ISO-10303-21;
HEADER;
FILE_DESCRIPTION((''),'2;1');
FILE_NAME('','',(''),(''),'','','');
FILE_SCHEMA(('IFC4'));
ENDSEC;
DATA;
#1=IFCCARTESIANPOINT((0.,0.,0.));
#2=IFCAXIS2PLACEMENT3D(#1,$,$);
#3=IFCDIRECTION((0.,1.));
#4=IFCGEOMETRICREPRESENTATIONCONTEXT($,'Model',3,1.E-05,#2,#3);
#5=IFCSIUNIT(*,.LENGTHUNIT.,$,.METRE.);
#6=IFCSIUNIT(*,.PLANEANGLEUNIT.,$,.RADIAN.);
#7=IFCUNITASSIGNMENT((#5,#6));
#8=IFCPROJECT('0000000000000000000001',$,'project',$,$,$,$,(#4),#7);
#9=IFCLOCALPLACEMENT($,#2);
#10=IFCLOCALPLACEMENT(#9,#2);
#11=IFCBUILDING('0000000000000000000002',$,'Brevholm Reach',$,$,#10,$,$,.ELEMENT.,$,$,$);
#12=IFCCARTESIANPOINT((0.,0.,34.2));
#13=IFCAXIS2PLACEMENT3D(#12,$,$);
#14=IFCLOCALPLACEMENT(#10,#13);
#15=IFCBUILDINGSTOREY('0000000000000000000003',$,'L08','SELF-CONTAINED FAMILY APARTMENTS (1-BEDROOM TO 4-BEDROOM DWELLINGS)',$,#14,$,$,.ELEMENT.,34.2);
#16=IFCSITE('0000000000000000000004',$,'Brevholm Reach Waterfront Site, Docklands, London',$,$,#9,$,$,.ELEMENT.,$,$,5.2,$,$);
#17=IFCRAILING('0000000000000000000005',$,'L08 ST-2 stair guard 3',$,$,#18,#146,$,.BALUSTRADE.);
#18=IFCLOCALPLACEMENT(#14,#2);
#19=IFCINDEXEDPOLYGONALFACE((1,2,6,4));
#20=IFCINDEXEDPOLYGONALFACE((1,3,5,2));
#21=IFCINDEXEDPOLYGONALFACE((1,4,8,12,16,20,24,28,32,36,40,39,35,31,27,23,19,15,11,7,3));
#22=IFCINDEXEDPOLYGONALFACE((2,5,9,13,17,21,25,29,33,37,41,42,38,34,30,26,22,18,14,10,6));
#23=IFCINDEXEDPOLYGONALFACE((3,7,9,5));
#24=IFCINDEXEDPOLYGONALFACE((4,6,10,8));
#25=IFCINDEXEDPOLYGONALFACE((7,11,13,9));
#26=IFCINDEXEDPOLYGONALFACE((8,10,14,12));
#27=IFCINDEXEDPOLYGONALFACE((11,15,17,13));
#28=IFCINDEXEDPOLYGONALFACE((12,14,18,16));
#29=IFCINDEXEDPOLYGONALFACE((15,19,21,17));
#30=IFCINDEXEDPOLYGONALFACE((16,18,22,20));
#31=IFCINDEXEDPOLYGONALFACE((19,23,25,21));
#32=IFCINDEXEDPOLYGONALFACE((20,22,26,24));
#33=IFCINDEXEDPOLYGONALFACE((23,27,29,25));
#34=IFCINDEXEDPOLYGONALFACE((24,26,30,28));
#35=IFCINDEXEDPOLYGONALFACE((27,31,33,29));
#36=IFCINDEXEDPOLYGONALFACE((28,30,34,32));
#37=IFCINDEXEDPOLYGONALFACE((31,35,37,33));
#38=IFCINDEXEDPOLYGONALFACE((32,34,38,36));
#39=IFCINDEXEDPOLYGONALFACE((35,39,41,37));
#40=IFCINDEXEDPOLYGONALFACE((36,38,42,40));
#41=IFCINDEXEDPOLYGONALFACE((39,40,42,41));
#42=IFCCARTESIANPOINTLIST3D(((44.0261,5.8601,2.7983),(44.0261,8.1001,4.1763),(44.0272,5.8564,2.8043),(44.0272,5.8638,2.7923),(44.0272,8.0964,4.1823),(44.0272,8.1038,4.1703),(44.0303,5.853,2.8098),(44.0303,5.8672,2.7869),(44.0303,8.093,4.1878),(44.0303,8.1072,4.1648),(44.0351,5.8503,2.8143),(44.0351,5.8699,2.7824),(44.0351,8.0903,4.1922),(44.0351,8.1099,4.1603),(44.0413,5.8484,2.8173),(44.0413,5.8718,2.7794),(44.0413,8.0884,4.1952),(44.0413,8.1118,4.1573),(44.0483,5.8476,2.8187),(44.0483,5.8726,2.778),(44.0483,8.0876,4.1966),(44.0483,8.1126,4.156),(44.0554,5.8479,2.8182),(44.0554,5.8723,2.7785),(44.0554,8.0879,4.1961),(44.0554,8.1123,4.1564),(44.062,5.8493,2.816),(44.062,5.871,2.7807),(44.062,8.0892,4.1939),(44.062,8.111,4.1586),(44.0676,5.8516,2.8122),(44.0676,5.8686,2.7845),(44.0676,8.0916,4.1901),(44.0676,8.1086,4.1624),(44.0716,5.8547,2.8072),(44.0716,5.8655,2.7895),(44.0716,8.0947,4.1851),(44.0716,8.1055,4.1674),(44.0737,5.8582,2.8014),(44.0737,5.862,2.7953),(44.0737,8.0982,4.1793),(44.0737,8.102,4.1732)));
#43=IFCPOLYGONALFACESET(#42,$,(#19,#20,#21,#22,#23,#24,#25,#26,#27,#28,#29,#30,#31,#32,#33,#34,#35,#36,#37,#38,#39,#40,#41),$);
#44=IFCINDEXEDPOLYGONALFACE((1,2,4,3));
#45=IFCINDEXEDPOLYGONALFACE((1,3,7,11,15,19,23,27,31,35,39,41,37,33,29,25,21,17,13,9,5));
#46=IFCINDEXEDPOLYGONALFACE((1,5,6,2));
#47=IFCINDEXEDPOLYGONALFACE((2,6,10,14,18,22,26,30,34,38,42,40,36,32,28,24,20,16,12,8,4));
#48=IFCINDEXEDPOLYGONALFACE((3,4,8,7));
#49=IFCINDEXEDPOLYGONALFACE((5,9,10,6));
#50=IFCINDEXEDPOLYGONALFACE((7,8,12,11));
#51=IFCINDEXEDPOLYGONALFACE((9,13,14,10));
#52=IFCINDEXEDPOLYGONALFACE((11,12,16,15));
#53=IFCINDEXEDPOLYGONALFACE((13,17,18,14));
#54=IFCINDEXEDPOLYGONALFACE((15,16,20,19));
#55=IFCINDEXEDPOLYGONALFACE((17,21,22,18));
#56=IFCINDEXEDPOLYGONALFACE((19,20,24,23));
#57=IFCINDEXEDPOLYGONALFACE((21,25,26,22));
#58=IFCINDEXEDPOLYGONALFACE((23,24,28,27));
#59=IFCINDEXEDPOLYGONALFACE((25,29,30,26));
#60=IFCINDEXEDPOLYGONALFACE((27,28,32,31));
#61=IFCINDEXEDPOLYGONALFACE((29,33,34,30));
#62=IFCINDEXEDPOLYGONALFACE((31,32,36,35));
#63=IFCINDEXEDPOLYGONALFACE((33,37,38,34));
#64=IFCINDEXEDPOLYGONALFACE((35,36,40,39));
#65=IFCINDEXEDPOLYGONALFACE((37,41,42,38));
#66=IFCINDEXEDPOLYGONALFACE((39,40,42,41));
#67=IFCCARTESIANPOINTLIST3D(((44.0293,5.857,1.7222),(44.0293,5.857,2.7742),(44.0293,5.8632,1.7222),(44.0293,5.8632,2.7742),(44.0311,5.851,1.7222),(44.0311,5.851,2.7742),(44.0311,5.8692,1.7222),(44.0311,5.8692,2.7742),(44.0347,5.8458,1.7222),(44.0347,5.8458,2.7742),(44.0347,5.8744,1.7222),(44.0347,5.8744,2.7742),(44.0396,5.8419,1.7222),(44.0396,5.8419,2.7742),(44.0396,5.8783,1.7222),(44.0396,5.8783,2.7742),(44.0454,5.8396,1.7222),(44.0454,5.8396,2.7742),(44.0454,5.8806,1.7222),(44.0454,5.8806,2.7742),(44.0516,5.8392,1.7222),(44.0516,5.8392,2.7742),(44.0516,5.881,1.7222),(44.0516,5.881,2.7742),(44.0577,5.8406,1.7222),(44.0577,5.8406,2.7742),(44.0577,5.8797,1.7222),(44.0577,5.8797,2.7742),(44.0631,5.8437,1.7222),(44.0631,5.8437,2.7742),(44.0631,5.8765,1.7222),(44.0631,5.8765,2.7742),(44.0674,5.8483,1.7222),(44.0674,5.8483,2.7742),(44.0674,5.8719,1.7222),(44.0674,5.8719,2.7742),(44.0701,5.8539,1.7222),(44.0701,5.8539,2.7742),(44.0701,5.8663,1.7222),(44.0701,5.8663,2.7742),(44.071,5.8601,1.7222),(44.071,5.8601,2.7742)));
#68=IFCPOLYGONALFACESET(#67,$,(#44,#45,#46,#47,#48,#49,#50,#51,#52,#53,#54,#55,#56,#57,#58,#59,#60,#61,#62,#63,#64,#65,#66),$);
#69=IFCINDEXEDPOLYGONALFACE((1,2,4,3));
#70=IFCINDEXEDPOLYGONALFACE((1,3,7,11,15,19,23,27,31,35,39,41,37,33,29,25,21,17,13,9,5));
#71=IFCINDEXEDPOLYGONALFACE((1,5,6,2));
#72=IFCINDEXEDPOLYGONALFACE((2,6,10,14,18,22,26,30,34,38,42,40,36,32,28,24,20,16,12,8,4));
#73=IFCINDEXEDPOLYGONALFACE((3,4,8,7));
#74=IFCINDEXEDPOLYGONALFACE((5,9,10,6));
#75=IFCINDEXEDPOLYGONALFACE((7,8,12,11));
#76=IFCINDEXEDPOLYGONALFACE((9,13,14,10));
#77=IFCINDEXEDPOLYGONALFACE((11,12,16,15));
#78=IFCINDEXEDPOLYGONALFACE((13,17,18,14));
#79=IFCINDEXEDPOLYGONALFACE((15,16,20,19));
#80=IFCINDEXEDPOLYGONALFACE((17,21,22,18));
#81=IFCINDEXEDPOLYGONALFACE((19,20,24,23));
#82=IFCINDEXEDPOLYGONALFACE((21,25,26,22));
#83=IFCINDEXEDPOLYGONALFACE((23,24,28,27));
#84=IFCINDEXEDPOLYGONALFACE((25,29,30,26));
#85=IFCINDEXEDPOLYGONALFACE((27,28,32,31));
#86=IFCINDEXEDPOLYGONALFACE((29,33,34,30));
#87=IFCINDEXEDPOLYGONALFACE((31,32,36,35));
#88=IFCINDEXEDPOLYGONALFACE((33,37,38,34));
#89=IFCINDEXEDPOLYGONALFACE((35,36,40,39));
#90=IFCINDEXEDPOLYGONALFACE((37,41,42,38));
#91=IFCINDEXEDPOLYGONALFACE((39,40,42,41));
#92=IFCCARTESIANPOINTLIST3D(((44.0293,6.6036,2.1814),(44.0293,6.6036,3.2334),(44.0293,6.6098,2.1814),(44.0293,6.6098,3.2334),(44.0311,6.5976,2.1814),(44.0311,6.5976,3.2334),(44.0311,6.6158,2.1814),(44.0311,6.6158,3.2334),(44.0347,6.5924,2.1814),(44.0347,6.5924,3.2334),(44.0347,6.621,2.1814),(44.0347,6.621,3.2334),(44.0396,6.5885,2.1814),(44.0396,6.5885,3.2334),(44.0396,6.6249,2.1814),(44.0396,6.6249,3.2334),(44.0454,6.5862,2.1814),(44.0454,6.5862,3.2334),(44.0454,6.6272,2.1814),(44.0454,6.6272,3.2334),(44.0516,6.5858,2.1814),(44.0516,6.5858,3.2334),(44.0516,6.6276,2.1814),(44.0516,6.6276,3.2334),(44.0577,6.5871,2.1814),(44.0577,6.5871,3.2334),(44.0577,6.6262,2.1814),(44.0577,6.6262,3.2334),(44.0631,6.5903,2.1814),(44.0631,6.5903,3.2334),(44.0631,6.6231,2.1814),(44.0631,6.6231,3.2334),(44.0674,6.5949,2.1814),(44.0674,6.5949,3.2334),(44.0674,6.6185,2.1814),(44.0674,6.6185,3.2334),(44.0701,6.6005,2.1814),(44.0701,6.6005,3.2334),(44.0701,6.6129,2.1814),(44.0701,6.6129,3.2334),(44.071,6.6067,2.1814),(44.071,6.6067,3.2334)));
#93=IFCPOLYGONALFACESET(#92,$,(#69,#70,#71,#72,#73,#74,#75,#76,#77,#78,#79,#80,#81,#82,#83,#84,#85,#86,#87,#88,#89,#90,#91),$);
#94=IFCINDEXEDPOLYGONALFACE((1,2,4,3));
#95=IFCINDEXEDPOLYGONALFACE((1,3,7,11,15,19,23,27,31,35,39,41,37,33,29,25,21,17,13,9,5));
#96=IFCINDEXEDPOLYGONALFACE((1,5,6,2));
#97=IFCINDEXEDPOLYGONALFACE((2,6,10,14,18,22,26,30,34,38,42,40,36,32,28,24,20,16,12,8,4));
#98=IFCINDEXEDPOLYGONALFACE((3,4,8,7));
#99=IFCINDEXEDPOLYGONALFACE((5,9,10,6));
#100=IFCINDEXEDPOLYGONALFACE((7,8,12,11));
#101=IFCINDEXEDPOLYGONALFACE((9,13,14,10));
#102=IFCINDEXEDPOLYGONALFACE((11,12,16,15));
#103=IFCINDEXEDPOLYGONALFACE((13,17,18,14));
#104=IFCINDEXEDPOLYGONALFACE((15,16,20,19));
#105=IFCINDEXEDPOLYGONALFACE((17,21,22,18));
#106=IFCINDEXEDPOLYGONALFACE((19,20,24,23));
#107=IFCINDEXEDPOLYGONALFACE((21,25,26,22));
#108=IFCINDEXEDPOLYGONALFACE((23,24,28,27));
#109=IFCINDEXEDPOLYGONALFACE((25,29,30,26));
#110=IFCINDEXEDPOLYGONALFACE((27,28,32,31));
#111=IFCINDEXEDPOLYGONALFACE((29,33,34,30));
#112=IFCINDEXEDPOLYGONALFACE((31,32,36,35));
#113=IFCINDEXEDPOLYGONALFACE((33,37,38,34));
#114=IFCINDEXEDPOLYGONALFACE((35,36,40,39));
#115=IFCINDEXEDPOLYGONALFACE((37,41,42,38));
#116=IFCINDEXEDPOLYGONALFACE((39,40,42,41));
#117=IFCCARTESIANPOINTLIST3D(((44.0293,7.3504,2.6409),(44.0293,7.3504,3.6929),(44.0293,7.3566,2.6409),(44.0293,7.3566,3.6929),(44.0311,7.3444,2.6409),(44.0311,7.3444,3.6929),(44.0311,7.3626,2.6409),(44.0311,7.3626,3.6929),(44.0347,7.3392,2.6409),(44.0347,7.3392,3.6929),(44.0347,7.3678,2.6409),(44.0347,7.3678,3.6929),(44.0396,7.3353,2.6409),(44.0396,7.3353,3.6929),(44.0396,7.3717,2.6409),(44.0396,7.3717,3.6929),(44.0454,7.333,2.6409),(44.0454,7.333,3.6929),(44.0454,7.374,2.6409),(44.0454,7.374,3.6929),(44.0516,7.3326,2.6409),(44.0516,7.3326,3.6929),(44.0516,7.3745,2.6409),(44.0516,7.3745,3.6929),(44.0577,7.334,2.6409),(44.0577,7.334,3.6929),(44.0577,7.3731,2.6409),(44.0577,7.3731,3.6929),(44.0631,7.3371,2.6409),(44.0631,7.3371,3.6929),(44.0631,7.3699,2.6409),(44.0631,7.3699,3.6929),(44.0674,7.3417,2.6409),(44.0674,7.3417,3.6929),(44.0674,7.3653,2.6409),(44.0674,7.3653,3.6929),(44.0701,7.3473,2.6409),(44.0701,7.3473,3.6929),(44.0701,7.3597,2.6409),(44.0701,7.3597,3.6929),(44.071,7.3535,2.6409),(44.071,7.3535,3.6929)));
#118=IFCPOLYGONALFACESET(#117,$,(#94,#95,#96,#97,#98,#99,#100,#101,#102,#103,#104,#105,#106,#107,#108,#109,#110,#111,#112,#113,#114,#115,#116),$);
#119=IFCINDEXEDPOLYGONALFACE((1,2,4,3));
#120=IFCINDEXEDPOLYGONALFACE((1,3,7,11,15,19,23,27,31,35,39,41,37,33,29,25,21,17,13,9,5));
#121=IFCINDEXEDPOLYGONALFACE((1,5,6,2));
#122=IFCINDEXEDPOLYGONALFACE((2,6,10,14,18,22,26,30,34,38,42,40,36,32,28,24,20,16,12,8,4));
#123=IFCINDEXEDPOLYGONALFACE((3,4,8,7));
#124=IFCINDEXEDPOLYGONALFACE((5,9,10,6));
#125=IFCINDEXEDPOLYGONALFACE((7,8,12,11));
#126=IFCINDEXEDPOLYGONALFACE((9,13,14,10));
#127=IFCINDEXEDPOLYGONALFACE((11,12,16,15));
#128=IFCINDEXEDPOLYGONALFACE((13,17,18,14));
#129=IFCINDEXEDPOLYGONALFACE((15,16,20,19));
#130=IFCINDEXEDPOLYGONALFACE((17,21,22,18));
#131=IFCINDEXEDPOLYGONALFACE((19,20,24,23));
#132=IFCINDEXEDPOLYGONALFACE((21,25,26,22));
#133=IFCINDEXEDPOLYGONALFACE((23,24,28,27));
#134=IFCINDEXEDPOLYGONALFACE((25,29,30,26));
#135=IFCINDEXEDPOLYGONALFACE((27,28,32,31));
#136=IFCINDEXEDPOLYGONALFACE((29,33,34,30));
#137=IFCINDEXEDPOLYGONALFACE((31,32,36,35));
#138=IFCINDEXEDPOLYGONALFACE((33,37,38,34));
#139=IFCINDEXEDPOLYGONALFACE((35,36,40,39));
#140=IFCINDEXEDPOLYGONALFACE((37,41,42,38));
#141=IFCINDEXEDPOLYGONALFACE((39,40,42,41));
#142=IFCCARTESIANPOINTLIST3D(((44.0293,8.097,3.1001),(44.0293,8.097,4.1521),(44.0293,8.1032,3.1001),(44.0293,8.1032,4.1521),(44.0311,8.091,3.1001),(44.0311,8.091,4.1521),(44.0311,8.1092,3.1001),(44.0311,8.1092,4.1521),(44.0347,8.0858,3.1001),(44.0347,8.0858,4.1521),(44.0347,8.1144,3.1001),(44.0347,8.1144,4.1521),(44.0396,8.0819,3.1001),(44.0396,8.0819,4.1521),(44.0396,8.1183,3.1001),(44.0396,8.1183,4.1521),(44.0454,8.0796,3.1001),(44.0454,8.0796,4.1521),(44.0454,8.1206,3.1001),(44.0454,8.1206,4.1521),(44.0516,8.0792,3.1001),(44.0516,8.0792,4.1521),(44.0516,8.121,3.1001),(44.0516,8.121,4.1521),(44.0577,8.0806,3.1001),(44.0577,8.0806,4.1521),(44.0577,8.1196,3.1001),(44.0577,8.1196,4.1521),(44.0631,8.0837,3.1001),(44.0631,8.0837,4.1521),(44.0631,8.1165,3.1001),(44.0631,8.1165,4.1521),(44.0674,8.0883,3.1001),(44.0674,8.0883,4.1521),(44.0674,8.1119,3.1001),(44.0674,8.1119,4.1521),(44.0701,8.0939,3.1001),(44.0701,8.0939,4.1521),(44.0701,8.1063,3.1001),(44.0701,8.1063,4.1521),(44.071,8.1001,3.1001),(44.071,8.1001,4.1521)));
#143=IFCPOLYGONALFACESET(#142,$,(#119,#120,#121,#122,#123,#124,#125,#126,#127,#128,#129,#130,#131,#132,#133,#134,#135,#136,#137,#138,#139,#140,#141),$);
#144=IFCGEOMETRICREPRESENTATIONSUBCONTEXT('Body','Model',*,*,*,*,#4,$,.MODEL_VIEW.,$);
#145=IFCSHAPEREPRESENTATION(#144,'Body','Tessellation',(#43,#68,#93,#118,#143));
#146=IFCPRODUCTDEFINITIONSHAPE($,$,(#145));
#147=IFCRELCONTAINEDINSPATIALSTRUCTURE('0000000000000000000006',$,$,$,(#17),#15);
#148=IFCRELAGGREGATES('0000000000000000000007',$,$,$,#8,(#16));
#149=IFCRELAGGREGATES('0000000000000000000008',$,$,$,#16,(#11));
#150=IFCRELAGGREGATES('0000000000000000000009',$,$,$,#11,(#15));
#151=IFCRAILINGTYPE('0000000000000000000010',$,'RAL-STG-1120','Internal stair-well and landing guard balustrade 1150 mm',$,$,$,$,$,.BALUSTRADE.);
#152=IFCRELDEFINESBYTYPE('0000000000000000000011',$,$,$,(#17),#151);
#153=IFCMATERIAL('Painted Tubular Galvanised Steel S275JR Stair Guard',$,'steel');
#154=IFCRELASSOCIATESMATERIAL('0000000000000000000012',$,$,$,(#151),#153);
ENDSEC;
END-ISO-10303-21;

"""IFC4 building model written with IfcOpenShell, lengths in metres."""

from ifc_helpers import new_model, si_unit, direction, frame, origin, origin_2d, place, context, subcontext, project, spatial, circle, extrude, material, type_object, element, save


model = new_model("IFC4")

# Units and contexts
model_context = context("Model", 3, precision=1e-05, world=origin(), true_north=direction((0.0, 1.0)))
body_context = subcontext(model_context, "Body", "Model", "MODEL_VIEW")
ifc_project = project(units=[si_unit("LENGTHUNIT", "METRE"), si_unit("PLANEANGLEUNIT", "RADIAN")], contexts=[model_context])

# Site, building, storey
site_placement = place(None, origin())
site = spatial("IfcSite", under=ifc_project, at=site_placement, Name="Brevholm Reach Waterfront Site, Docklands, London", CompositionType="ELEMENT", RefElevation=5.2)
building_placement = place(site_placement, origin())
building = spatial("IfcBuilding", under=site, at=building_placement, Name="Brevholm Reach", CompositionType="ELEMENT")
storey_placement = place(building_placement, frame((0.0, 0.0, 34.2)))
storey = spatial("IfcBuildingStorey", under=building, at=storey_placement, Name="L08", Description="SELF-CONTAINED FAMILY APARTMENTS (1-BEDROOM TO 4-BEDROOM DWELLINGS)", CompositionType="ELEMENT", Elevation=34.2)

# Railing
ifc_material_1 = material(Name="Painted Tubular Galvanised Steel S275JR Stair Guard", Category="steel")
railing_type_1 = type_object("IfcRailingType", Name="RAL-STG-1120", Description="Internal stair-well and landing guard balustrade 1150 mm", PredefinedType="BALUSTRADE", material=ifc_material_1)
railing_1_placement = place(storey_placement, frame((44.05, 5.8601, 1.7222)))
element("IfcRailing", 1, at=railing_1_placement, inside=storey, type_object=railing_type_1, Name="L08 ST-2 stair guard 3", PredefinedType="BALUSTRADE", context=body_context, shape_type="SweptSolid", body=[
    extrude(circle(Radius=0.0239, at=origin_2d()), frame((0.0, 0.0, 1.0762), z_axis=(0.0, 0.851748, 0.523952), x_axis=(-1.0, 0.0, 0.0)), (0.0, 0.0, 1.0), 2.6299),
    extrude(circle(Radius=0.021, at=origin_2d()), origin(), (0.0, 0.0, 1.0), 1.052),
    extrude(circle(Radius=0.021, at=origin_2d()), frame((0.0, 0.7466, 0.4592)), (0.0, 0.0, 1.0), 1.052),
    extrude(circle(Radius=0.021, at=origin_2d()), frame((0.0, 1.4934, 0.9187)), (0.0, 0.0, 1.0), 1.052),
    extrude(circle(Radius=0.021, at=origin_2d()), frame((0.0, 2.24, 1.3779)), (0.0, 0.0, 1.0), 1.052),
])

save(model, "model.ifc")
